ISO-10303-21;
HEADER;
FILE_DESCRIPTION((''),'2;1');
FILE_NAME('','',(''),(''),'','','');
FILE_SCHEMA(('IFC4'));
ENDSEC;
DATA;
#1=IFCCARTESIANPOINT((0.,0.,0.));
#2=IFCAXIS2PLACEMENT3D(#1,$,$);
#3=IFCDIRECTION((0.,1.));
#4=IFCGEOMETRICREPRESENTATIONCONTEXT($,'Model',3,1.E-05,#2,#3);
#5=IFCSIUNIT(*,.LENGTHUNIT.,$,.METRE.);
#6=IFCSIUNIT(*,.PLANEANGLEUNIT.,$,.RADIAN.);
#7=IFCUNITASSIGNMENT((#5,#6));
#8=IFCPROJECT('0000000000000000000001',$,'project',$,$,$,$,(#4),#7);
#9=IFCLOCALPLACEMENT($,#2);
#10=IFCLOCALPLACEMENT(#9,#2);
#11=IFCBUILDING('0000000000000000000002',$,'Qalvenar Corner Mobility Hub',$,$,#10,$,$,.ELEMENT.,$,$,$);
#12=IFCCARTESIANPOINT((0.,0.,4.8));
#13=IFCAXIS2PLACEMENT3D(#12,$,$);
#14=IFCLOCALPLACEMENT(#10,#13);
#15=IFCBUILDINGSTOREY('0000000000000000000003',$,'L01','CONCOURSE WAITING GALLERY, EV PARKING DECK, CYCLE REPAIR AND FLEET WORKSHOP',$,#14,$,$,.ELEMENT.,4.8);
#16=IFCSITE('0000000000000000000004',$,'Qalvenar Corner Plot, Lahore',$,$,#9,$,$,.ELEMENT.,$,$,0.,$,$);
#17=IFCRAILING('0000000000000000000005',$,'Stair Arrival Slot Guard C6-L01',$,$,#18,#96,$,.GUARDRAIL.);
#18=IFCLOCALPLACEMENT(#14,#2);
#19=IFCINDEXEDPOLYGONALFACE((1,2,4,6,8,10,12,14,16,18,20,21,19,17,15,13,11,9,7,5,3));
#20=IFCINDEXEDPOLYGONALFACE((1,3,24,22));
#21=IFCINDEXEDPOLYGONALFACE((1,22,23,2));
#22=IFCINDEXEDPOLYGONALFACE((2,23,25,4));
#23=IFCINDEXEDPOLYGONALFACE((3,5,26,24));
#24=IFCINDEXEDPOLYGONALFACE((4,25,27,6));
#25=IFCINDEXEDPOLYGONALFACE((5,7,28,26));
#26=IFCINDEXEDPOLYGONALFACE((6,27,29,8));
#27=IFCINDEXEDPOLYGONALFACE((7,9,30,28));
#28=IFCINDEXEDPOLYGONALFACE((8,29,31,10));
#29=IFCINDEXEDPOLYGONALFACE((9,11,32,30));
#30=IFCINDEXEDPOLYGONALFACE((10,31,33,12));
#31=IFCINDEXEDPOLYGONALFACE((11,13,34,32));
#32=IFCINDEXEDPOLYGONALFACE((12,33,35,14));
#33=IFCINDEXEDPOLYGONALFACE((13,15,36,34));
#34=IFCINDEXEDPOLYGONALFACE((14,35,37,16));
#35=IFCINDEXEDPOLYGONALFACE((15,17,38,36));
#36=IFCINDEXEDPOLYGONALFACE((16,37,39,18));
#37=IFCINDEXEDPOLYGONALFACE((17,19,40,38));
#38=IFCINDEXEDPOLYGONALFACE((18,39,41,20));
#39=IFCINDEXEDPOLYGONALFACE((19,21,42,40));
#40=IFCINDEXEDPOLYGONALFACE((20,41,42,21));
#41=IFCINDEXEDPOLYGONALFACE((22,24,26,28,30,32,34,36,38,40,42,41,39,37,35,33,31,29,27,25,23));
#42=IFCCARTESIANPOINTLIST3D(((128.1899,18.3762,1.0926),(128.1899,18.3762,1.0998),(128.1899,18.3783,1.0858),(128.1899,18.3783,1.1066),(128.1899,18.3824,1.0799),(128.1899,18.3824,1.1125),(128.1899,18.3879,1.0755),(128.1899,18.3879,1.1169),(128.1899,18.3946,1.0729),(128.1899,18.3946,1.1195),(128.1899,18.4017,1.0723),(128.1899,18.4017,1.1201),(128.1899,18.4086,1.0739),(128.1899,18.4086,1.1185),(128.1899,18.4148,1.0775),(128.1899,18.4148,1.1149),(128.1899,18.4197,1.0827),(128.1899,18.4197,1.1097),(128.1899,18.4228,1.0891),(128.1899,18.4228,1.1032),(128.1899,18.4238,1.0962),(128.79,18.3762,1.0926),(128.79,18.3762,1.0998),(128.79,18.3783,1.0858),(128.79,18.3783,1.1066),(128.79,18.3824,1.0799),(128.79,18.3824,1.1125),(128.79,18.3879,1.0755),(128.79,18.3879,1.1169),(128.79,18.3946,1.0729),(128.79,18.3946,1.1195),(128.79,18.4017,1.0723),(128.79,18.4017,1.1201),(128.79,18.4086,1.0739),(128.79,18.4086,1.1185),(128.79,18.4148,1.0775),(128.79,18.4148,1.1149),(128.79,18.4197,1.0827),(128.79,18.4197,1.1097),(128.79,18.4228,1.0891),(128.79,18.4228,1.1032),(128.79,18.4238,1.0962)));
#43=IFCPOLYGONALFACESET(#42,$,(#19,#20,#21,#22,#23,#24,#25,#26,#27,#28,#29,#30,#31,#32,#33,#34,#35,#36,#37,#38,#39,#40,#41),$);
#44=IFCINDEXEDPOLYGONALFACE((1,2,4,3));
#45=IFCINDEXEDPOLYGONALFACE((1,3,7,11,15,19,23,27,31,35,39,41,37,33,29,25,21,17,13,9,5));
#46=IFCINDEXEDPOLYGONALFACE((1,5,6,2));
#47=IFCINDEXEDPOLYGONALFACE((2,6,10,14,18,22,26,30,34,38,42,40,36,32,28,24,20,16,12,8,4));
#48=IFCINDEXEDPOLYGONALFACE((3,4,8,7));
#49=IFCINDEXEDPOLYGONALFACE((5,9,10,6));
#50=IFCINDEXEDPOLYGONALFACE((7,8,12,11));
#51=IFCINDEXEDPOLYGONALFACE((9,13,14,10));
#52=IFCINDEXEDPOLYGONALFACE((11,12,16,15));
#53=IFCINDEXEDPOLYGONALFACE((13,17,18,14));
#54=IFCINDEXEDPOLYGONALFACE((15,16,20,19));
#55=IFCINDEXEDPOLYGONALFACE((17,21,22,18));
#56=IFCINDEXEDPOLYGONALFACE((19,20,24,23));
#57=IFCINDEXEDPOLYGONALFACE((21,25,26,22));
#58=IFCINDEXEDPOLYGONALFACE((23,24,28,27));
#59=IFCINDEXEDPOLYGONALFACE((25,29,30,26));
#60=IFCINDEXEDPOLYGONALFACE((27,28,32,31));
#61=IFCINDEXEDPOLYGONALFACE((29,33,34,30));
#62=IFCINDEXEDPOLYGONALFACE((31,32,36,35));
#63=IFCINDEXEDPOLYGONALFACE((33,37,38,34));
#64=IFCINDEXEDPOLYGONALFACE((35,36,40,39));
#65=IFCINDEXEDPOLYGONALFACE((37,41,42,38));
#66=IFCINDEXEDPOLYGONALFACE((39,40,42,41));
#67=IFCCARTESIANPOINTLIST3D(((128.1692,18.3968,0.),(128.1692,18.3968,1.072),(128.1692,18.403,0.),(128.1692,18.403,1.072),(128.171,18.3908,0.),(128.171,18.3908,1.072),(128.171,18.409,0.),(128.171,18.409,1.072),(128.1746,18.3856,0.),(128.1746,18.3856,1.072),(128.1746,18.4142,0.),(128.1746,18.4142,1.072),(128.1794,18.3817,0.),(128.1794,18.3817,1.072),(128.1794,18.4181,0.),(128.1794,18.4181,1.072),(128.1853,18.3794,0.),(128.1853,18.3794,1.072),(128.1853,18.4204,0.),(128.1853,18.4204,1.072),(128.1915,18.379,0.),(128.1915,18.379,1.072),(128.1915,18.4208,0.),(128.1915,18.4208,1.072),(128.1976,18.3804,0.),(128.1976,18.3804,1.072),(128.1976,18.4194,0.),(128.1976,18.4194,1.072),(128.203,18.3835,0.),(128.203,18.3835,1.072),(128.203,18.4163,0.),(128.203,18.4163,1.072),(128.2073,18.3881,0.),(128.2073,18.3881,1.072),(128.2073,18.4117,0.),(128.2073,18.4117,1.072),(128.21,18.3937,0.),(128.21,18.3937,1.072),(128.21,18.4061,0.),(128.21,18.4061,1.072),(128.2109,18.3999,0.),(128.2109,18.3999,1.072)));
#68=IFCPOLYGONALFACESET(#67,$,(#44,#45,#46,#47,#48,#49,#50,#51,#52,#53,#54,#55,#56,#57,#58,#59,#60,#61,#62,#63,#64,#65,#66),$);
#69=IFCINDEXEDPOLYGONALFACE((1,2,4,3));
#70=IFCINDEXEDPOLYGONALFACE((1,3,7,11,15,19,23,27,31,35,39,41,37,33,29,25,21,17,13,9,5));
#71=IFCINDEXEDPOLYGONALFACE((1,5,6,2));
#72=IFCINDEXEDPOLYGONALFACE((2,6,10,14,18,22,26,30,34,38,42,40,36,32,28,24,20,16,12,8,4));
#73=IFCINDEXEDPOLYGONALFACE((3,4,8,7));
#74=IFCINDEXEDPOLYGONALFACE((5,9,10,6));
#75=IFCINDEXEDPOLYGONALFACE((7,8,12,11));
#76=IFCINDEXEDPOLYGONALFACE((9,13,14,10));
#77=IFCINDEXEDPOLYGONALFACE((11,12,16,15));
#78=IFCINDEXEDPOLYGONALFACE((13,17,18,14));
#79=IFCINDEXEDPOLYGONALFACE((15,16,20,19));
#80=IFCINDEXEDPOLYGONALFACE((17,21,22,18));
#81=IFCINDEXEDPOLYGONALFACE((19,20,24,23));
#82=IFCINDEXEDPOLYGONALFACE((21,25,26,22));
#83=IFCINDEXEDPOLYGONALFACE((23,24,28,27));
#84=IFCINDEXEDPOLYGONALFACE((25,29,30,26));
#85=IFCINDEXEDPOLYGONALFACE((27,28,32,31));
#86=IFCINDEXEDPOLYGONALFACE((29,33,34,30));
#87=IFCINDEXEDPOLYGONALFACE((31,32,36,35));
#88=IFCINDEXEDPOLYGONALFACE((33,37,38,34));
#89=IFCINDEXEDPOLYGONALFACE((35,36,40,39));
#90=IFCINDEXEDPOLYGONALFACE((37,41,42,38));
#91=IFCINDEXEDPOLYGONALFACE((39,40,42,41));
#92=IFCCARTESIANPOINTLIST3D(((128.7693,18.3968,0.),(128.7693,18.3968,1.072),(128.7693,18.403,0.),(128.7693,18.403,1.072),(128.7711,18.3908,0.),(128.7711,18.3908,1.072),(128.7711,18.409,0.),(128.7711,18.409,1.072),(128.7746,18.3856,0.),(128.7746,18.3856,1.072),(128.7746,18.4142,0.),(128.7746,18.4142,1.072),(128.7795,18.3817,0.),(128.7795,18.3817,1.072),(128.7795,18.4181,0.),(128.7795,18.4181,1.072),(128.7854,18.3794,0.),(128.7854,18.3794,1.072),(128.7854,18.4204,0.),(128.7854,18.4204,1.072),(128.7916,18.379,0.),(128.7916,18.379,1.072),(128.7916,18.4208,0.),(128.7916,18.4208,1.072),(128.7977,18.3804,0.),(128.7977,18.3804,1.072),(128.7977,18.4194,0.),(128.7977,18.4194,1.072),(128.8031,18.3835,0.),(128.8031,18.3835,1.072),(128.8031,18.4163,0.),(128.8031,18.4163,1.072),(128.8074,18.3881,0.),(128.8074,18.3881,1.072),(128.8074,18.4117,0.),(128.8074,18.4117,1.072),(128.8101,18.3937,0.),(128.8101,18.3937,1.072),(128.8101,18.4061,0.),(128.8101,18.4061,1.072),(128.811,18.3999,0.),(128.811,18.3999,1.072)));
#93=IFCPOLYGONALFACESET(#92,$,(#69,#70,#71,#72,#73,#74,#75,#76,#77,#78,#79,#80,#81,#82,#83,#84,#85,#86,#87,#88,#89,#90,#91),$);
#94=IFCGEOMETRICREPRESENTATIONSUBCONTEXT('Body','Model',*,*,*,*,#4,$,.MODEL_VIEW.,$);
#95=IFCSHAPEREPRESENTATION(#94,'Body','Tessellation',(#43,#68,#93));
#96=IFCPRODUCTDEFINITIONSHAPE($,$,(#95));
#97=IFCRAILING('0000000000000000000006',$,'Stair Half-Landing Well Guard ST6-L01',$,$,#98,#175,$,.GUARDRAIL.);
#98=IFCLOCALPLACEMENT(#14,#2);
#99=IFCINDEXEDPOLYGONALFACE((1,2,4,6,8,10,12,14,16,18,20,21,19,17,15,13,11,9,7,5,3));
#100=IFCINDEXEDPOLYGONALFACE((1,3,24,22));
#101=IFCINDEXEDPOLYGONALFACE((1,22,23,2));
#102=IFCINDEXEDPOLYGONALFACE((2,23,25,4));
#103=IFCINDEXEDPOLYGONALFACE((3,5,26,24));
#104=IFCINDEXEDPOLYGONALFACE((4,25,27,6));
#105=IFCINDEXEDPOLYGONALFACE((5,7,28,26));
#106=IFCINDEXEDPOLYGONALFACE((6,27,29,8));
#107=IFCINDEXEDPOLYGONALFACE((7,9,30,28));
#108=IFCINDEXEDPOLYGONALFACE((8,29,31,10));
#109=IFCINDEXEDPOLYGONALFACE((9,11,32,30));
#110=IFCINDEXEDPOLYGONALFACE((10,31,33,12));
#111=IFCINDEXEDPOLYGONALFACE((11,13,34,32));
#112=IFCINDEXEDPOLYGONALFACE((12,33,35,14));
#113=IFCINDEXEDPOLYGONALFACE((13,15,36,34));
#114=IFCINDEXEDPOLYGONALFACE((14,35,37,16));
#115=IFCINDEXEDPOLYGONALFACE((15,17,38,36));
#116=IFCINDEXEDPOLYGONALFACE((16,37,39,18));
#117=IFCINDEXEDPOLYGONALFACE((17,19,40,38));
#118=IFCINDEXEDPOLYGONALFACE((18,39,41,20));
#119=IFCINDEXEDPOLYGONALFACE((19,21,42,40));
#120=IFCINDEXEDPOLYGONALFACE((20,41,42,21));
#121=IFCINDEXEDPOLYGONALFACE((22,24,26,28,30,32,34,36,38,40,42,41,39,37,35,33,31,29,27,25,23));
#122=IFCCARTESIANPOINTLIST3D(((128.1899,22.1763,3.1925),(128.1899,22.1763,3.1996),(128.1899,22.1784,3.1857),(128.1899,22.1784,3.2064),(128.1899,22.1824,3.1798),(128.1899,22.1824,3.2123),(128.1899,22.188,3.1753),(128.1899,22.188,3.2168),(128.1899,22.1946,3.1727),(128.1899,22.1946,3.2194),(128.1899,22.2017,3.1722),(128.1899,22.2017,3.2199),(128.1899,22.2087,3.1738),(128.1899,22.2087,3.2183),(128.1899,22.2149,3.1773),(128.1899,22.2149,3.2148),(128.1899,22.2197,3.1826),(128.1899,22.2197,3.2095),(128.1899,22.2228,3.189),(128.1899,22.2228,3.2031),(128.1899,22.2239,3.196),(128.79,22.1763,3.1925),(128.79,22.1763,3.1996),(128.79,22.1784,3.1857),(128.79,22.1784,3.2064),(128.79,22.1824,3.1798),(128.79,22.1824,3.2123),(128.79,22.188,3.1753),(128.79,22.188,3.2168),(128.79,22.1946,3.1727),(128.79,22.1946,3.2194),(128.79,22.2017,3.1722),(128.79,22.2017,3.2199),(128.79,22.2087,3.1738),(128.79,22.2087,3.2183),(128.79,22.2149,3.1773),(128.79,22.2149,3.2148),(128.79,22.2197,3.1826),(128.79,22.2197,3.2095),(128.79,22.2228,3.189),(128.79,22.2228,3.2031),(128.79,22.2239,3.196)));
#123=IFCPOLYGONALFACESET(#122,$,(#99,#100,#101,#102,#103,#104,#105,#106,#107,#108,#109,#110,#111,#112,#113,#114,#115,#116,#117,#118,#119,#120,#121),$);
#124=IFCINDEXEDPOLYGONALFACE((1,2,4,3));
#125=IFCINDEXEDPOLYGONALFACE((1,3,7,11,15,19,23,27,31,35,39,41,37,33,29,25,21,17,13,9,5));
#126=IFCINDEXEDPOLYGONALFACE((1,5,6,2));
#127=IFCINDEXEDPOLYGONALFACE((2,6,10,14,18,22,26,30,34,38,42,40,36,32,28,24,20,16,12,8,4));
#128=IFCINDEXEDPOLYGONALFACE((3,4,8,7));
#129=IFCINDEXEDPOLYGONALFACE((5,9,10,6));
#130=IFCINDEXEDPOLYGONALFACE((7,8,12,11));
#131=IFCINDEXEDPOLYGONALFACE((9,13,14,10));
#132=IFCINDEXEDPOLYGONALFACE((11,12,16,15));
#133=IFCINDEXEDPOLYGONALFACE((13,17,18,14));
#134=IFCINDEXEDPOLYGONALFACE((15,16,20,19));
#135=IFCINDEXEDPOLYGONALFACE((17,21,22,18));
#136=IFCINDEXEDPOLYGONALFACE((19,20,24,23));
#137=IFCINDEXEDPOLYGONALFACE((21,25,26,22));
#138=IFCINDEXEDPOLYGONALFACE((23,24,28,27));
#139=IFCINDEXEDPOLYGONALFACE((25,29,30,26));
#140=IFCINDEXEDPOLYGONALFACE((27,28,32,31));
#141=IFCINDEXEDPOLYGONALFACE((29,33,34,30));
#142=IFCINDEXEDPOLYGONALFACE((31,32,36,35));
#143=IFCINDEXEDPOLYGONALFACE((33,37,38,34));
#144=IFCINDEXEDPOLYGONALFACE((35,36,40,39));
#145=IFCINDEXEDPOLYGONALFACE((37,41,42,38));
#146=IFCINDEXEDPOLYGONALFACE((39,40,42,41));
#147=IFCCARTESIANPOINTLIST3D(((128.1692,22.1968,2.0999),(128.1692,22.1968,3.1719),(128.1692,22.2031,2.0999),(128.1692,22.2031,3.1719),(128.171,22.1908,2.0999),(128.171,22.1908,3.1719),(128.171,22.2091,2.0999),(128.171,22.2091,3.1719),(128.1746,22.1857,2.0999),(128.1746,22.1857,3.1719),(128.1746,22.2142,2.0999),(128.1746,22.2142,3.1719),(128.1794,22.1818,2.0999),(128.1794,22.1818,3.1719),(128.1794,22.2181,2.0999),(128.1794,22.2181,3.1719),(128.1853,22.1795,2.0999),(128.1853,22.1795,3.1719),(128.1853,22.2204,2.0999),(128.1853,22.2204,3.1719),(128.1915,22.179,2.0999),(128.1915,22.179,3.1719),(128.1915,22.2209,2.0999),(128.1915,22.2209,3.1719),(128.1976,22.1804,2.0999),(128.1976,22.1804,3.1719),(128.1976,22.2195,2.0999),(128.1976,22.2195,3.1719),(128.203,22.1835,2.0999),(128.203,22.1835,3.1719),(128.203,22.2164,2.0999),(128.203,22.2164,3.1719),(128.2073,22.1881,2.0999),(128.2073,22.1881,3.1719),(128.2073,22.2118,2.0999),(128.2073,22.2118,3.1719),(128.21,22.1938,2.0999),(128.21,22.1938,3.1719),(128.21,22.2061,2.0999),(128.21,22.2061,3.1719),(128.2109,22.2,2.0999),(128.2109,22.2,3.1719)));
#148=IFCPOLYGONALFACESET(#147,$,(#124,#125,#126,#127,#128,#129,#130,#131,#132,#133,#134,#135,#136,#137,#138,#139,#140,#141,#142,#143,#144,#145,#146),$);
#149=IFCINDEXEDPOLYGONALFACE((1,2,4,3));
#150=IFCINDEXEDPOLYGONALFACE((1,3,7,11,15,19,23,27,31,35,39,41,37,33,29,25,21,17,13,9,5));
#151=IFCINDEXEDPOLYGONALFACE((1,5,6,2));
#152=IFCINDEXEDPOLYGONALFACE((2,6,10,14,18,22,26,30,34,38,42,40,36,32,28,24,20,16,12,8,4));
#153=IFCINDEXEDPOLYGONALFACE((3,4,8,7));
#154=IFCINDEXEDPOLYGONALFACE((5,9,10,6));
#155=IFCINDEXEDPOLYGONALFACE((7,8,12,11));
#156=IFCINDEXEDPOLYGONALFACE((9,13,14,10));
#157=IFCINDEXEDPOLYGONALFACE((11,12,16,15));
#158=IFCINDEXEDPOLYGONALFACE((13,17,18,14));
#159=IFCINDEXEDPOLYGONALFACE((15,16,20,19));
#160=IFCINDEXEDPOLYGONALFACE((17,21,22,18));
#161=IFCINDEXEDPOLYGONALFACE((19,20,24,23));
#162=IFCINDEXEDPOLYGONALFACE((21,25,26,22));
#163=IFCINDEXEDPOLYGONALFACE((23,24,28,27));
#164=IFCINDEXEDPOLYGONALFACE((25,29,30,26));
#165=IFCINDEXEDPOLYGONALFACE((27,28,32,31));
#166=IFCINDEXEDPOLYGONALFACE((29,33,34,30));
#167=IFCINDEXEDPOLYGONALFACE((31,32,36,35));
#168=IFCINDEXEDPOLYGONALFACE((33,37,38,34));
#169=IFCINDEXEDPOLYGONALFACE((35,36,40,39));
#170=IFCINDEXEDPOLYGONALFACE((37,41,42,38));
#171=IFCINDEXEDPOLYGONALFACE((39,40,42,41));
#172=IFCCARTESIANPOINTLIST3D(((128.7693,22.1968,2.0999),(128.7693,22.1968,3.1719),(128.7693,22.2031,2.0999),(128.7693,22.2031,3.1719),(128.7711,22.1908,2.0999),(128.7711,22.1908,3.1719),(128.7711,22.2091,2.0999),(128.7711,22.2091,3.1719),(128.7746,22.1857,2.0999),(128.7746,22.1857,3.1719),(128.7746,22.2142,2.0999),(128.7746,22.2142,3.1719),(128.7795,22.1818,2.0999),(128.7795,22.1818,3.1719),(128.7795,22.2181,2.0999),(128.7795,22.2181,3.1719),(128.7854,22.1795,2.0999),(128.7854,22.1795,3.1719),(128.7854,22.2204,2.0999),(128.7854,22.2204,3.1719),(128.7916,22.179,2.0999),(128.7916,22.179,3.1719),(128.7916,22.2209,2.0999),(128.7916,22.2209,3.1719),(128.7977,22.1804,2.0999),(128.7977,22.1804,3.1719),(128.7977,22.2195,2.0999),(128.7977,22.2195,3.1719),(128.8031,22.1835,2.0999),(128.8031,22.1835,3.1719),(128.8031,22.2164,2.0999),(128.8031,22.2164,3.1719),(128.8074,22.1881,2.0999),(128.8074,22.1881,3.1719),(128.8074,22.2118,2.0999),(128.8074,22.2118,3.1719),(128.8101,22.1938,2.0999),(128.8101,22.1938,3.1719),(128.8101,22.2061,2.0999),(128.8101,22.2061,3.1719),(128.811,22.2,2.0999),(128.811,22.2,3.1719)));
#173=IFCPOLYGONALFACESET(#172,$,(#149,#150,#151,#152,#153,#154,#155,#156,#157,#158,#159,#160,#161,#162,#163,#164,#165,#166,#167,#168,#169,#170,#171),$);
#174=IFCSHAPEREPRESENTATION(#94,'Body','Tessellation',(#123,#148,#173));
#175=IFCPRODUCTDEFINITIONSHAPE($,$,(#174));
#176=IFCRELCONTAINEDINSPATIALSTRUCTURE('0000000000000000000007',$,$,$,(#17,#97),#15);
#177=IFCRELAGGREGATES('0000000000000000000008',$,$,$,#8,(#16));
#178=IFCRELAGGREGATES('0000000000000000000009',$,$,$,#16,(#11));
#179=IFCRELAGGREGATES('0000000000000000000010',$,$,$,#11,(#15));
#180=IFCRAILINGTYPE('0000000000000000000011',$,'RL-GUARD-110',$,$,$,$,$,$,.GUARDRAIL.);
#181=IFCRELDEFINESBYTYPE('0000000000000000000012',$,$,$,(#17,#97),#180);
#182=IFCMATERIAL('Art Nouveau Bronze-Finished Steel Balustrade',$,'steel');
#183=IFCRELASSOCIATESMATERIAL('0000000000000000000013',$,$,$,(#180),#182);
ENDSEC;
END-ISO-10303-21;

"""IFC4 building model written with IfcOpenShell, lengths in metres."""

from ifc_helpers import new_model, si_unit, direction, frame, origin, origin_2d, place, context, subcontext, project, spatial, circle, extrude, material, type_object, element, save


model = new_model("IFC4")

# Units and contexts
model_context = context("Model", 3, precision=1e-05, world=origin(), true_north=direction((0.0, 1.0)))
body_context = subcontext(model_context, "Body", "Model", "MODEL_VIEW")
ifc_project = project(units=[si_unit("LENGTHUNIT", "METRE"), si_unit("PLANEANGLEUNIT", "RADIAN")], contexts=[model_context])

# Site, building, storey
site_placement = place(None, origin())
site = spatial("IfcSite", under=ifc_project, at=site_placement, Name="Qalvenar Corner Plot, Lahore", CompositionType="ELEMENT", RefElevation=0.0)
building_placement = place(site_placement, origin())
building = spatial("IfcBuilding", under=site, at=building_placement, Name="Qalvenar Corner Mobility Hub", CompositionType="ELEMENT")
storey_placement = place(building_placement, frame((0.0, 0.0, 4.8)))
storey = spatial("IfcBuildingStorey", under=building, at=storey_placement, Name="L01", Description="CONCOURSE WAITING GALLERY, EV PARKING DECK, CYCLE REPAIR AND FLEET WORKSHOP", CompositionType="ELEMENT", Elevation=4.8)

# Railings
ifc_material_1 = material(Name="Art Nouveau Bronze-Finished Steel Balustrade", Category="steel")
railing_type_1 = type_object("IfcRailingType", Name="RL-GUARD-110", PredefinedType="GUARDRAIL", material=ifc_material_1)
for number, where, name in (
    (1, (128.1899, 18.3999, 0.0), "Stair Arrival Slot Guard C6-L01"),
    (2, (128.1899, 22.2, 2.0999), "Stair Half-Landing Well Guard ST6-L01"),
):
    element("IfcRailing", number, at=place(storey_placement, frame(where)), inside=storey, type_object=railing_type_1, Name=name, PredefinedType="GUARDRAIL", context=body_context, shape_type="SweptSolid", body=[
        extrude(circle(Radius=0.0239, at=origin_2d()), frame((0.0, 0.0, 1.0962), z_axis=(1.0, 0.0, 0.0), x_axis=(0.0, 1.0, 0.0)), (0.0, 0.0, 1.0), 0.6001),
        extrude(circle(Radius=0.021, at=origin_2d()), origin(), (0.0, 0.0, 1.0), 1.072),
        extrude(circle(Radius=0.021, at=origin_2d()), frame((0.6001, 0.0, 0.0)), (0.0, 0.0, 1.0), 1.072),
    ])

save(model, "model.ifc")
